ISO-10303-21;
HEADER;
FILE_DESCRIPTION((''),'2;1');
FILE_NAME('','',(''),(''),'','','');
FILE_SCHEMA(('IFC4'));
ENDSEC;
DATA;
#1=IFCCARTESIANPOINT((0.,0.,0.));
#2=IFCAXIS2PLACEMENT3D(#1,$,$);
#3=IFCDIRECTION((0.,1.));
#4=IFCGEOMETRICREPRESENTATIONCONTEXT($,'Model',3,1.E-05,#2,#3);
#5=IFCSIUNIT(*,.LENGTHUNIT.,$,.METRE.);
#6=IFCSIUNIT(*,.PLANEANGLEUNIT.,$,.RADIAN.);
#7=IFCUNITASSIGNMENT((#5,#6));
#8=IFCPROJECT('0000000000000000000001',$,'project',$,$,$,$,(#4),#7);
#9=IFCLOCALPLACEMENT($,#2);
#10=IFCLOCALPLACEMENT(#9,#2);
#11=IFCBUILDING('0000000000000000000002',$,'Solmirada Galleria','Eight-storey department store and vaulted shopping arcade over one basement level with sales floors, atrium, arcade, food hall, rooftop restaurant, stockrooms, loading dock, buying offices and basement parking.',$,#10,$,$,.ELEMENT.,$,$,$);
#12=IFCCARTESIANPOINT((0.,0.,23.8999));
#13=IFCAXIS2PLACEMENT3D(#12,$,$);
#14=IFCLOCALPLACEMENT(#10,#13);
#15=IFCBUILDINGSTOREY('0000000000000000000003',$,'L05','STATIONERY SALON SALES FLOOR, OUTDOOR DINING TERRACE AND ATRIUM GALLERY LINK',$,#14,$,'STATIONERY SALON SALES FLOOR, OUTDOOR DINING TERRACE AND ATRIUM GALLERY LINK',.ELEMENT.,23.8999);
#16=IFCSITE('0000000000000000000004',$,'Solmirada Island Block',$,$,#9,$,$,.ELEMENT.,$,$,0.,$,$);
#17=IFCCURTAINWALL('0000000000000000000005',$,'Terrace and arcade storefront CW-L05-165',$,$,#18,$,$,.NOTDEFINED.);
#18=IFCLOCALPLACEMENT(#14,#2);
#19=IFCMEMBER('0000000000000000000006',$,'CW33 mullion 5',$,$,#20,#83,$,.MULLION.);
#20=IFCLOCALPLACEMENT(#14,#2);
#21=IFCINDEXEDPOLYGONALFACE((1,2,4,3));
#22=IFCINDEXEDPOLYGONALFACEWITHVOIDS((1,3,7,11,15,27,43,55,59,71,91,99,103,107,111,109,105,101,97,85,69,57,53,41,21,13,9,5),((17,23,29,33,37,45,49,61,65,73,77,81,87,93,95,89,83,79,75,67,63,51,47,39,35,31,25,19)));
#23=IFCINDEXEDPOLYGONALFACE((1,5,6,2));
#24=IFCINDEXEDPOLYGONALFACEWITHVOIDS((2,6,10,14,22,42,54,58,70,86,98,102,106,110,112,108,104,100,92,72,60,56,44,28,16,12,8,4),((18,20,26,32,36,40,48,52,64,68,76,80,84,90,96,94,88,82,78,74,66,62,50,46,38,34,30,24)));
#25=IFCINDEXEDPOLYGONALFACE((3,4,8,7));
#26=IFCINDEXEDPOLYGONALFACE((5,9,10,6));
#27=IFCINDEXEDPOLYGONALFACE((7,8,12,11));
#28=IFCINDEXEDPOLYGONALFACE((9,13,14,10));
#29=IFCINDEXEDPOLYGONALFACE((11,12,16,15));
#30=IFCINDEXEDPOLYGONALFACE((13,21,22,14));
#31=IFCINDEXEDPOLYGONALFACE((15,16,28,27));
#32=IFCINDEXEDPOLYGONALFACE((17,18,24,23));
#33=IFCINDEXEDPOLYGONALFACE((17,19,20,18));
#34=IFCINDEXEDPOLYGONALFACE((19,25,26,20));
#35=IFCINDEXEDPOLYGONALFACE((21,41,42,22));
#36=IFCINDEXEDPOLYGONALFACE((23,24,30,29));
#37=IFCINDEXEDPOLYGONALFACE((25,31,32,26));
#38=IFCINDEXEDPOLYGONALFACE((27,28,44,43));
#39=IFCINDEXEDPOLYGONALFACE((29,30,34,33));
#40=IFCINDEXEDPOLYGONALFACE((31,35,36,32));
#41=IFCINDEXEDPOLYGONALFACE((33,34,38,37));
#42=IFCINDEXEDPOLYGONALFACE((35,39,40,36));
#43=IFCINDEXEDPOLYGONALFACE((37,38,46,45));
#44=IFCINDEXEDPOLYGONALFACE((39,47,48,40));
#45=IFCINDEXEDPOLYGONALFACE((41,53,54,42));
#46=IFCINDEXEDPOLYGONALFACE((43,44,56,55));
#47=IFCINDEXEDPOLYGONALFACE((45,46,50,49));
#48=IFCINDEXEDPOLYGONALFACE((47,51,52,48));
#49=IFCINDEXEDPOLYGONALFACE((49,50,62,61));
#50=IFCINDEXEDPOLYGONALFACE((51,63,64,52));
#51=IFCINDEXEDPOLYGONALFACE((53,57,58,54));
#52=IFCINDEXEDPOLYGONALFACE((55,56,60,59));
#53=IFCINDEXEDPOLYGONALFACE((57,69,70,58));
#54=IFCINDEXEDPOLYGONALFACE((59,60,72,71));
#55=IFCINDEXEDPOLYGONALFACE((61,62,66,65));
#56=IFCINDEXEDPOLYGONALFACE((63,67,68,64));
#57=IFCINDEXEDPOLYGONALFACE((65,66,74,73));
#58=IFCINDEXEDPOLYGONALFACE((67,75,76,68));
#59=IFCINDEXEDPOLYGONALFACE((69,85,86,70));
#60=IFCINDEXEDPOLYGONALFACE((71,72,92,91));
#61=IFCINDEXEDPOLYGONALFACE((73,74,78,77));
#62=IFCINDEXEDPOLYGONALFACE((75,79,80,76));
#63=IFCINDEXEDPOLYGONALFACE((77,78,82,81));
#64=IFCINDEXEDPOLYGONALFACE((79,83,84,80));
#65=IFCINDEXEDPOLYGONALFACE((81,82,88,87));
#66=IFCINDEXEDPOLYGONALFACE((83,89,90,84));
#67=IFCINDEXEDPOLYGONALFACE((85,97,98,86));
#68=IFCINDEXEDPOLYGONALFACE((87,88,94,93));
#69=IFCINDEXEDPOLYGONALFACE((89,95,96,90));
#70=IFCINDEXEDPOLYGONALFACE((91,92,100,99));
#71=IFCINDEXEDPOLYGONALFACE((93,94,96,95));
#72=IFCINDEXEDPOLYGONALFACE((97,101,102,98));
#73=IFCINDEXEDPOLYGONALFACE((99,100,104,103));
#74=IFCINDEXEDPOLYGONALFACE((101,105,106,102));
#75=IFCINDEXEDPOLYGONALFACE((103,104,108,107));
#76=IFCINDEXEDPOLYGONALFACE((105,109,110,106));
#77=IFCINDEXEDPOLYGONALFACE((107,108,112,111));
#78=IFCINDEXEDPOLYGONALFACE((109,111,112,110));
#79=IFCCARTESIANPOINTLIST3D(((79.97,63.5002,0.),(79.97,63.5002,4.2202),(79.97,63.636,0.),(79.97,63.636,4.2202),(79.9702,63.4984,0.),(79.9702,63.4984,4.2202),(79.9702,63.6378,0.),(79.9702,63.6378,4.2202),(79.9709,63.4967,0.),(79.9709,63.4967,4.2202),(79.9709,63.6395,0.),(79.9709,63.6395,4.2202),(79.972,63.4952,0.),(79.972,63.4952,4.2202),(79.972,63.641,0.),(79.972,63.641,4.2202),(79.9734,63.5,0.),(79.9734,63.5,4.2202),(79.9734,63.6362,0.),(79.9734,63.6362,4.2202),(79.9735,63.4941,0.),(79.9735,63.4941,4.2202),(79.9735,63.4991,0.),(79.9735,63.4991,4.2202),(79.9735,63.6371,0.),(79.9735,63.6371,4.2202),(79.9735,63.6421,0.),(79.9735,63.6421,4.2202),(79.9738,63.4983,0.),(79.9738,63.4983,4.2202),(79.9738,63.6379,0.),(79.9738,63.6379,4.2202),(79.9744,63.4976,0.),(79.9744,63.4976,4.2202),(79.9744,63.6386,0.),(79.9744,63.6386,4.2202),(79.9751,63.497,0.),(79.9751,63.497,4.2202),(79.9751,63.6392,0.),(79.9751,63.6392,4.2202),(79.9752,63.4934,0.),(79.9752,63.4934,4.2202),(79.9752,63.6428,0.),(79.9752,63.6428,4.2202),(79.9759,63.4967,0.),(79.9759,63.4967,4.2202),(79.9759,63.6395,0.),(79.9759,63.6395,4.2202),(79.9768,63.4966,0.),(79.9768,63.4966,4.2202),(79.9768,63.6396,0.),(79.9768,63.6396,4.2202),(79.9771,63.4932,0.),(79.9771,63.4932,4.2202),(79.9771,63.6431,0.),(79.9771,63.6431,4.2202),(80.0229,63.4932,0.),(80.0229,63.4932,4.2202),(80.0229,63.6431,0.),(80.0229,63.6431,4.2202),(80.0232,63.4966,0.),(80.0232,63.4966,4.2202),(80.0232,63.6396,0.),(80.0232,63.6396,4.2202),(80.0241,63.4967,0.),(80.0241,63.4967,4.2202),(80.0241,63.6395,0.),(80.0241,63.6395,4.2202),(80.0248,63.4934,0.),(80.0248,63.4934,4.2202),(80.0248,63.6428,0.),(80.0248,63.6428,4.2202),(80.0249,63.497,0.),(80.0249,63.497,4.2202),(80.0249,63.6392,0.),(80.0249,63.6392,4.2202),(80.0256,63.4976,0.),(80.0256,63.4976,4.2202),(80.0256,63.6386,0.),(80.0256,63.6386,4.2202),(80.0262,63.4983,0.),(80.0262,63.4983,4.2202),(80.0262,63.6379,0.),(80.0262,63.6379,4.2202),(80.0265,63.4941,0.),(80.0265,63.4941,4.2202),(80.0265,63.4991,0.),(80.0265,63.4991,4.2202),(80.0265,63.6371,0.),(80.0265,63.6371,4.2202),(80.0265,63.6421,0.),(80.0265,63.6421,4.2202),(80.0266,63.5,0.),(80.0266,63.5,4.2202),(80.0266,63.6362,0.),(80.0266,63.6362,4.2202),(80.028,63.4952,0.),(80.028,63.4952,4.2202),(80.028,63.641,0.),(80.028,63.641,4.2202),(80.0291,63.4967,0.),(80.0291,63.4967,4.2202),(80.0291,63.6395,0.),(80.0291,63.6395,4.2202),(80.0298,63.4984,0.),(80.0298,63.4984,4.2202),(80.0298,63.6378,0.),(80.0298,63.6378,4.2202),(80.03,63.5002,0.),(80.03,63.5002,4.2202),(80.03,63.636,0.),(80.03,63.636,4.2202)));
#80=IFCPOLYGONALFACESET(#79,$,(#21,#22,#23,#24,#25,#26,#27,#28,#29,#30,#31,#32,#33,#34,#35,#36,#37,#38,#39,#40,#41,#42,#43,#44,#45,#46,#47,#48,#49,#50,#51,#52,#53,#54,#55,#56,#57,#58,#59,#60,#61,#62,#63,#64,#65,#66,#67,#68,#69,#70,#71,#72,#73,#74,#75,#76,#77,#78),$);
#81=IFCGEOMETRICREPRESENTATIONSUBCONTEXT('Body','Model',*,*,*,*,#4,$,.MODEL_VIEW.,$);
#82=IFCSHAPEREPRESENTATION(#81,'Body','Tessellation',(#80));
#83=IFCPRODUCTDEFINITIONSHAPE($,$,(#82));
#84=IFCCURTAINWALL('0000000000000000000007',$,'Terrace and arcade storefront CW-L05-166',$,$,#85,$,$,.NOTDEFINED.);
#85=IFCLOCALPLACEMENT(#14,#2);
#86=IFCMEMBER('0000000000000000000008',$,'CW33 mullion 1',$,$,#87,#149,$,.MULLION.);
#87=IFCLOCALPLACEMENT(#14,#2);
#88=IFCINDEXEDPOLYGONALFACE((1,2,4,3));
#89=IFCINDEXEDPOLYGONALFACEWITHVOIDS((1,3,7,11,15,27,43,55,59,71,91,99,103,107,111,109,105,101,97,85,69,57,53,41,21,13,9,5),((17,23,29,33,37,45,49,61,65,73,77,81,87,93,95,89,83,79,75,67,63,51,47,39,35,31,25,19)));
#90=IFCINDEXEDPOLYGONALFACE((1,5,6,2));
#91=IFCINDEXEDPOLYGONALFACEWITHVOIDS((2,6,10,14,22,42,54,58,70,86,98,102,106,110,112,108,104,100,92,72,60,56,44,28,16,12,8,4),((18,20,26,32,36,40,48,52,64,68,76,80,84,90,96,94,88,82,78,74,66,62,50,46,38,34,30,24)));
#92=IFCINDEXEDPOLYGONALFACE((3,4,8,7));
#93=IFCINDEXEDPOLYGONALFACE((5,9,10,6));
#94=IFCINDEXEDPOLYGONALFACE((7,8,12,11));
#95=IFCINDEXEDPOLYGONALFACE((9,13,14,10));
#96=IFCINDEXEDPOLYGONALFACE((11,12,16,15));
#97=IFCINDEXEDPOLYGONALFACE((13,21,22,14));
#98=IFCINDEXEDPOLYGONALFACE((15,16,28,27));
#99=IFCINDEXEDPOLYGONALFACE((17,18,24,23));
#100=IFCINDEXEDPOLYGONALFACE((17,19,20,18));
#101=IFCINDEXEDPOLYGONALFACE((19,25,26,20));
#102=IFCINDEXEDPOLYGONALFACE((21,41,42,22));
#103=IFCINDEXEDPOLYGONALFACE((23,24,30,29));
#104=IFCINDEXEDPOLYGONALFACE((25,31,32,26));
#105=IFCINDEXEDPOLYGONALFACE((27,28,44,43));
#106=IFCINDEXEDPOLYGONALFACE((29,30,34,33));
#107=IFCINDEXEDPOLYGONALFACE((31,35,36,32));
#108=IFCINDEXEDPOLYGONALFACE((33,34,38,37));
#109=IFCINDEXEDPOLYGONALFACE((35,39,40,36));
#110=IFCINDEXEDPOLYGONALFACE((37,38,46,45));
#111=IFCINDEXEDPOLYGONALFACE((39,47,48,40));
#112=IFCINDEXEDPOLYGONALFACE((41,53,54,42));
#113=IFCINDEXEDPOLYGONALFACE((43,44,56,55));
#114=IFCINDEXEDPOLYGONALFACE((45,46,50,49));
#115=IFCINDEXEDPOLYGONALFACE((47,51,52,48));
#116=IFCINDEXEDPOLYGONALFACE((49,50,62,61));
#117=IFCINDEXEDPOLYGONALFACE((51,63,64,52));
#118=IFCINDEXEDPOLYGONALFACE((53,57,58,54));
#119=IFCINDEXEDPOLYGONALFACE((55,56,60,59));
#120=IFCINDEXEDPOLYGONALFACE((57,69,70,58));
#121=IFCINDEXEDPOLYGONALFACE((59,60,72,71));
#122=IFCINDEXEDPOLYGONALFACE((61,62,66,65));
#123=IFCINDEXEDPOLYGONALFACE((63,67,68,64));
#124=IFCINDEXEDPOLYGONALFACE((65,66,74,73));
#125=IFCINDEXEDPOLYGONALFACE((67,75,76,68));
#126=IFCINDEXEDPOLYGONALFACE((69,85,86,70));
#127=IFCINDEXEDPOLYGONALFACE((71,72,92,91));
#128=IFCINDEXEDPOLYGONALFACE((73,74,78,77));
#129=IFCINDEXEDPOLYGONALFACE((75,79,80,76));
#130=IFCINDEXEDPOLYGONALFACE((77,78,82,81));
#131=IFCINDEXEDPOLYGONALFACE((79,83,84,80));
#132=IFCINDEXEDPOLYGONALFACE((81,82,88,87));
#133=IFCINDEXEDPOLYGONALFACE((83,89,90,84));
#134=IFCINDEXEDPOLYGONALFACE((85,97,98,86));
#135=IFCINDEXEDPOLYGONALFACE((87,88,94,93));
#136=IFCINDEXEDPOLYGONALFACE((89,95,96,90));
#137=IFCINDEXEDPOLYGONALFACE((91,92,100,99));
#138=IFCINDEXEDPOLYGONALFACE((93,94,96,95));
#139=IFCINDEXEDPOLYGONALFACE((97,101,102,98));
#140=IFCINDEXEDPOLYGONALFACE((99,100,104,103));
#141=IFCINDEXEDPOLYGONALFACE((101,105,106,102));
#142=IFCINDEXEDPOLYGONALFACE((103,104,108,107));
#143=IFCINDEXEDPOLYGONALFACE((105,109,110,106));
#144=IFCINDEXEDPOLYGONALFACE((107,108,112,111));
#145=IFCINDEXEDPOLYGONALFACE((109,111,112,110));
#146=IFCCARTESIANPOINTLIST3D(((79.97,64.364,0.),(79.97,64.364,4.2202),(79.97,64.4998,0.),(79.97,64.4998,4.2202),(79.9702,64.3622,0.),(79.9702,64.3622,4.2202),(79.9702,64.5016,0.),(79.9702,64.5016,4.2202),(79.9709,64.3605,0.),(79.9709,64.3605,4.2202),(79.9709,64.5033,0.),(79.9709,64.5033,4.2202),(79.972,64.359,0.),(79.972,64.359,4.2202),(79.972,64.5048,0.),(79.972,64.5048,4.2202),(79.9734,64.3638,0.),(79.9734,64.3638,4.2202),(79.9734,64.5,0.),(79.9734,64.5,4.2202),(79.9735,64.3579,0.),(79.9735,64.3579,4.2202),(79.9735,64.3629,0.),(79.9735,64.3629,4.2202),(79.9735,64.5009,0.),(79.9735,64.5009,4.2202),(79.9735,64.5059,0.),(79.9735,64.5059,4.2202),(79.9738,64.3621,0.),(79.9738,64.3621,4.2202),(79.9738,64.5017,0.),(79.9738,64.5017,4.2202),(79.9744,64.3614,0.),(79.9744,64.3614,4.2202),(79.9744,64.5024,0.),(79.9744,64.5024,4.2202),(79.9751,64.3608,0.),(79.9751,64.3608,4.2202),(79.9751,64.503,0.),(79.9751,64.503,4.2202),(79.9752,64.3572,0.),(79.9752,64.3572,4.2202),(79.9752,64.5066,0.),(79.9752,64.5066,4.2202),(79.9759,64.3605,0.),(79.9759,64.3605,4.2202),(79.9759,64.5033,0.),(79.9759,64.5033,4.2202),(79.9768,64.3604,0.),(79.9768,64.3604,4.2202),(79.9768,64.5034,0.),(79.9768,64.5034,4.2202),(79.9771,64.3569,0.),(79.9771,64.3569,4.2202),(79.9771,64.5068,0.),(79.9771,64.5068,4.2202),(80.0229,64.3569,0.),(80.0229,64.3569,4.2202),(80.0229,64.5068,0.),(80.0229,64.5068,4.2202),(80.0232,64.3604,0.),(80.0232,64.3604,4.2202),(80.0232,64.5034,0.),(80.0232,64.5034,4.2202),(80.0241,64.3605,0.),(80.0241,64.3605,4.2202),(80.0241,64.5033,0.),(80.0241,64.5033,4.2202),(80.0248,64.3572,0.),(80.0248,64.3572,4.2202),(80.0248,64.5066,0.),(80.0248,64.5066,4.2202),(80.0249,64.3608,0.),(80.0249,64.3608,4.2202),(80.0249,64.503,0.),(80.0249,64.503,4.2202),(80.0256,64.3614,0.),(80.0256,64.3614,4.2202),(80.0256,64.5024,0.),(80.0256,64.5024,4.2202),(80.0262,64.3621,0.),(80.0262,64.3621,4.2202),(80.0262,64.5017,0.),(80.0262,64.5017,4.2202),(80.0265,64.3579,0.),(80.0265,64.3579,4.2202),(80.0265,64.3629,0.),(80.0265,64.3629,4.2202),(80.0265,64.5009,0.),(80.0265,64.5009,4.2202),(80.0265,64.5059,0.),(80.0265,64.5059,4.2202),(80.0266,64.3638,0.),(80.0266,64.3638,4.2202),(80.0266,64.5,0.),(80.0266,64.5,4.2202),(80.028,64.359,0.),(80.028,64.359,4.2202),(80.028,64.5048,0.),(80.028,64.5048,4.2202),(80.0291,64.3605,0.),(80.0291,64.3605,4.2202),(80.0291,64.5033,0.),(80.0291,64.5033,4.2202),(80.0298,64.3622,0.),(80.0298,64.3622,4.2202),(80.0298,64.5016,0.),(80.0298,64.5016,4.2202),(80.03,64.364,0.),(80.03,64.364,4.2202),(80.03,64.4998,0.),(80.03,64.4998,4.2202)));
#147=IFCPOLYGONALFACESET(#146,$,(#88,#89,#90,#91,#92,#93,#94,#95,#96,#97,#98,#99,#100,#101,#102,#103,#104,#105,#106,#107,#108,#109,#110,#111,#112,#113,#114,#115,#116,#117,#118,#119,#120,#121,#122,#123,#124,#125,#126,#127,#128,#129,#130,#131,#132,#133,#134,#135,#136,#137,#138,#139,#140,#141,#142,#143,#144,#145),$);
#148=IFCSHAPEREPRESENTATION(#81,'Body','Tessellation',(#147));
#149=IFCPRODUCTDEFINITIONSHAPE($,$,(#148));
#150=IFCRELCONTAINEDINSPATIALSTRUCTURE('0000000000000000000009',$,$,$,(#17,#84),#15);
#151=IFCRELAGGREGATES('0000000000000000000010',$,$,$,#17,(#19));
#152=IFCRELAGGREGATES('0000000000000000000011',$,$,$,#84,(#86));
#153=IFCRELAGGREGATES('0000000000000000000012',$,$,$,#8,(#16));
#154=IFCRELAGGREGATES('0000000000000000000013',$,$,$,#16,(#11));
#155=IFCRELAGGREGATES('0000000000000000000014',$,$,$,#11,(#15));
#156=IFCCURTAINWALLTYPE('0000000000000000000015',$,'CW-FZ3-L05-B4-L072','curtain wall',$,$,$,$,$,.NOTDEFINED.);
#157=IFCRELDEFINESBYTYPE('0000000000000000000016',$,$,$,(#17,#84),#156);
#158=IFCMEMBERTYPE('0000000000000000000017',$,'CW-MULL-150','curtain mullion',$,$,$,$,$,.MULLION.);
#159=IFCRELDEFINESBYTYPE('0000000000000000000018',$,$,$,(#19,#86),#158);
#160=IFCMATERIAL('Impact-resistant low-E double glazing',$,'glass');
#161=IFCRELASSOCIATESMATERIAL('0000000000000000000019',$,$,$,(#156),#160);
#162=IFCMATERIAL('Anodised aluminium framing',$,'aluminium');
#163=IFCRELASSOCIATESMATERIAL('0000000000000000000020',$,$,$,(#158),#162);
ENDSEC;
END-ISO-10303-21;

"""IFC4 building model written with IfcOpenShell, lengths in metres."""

from ifc_helpers import new_model, si_unit, direction, frame, origin, origin_2d, place, context, subcontext, project, spatial, hollow_rectangle, extrude, material, material_profile, profile_set, type_object, element, aggregate, save


model = new_model("IFC4")

# Units and contexts
model_context = context("Model", 3, precision=1e-05, world=origin(), true_north=direction((0.0, 1.0)))
body_context = subcontext(model_context, "Body", "Model", "MODEL_VIEW")
ifc_project = project(units=[si_unit("LENGTHUNIT", "METRE"), si_unit("PLANEANGLEUNIT", "RADIAN")], contexts=[model_context])

# Site, building, storey
site_placement = place(None, origin())
site = spatial("IfcSite", under=ifc_project, at=site_placement, Name="Solmirada Island Block", CompositionType="ELEMENT", RefElevation=0.0)
building_placement = place(site_placement, origin())
building = spatial("IfcBuilding", under=site, at=building_placement, Name="Solmirada Galleria", Description="Eight-storey department store and vaulted shopping arcade over one basement level with sales floors, atrium, arcade, food hall, rooftop restaurant, stockrooms, loading dock, buying offices and basement parking.", CompositionType="ELEMENT")
storey_placement = place(building_placement, frame((0.0, 0.0, 23.8999)))
storey = spatial("IfcBuildingStorey", under=building, at=storey_placement, Name="L05", Description="STATIONERY SALON SALES FLOOR, OUTDOOR DINING TERRACE AND ATRIUM GALLERY LINK", LongName="STATIONERY SALON SALES FLOOR, OUTDOOR DINING TERRACE AND ATRIUM GALLERY LINK", CompositionType="ELEMENT", Elevation=23.8999)

# Curtain wall, member
ifc_material_1 = material(Name="Impact-resistant low-E double glazing", Category="glass")
curtain_wall_type = type_object("IfcCurtainWallType", Name="CW-FZ3-L05-B4-L072", Description="curtain wall", PredefinedType="NOTDEFINED", material=ifc_material_1)
curtain_wall_1_placement = place(storey_placement, origin())
curtain_wall_1 = element("IfcCurtainWall", 1, at=curtain_wall_1_placement, inside=storey, type_object=curtain_wall_type, Name="Terrace and arcade storefront CW-L05-165", PredefinedType="NOTDEFINED")
ifc_material_2 = material(Name="Anodised aluminium framing", Category="aluminium")
ifc_material_profile_1 = material_profile(ifc_material_2, hollow_rectangle(XDim=0.0601, YDim=0.1499, WallThickness=0.0034, InnerFilletRadius=0.0034, OuterFilletRadius=0.0071, at=origin_2d()), Name="ALU-MULL-150X60")
ifc_profile_set_1 = profile_set([ifc_material_profile_1], Name="Anodised aluminium framing")
member_type_1 = type_object("IfcMemberType", Name="CW-MULL-150", Description="curtain mullion", PredefinedType="MULLION", material=ifc_profile_set_1)
member_1_placement = place(storey_placement, frame((80.0, 63.5681, 0.0), z_axis=(0.0, 0.0, 1.0), x_axis=(-1.0, 0.0, 0.0)))
member_1 = element("IfcMember", 2, at=member_1_placement, type_object=member_type_1, Name="CW33 mullion 5", PredefinedType="MULLION", context=body_context, shape_type="SweptSolid", body=[
    extrude(hollow_rectangle(XDim=0.0601, YDim=0.1499, WallThickness=0.0034, InnerFilletRadius=0.0034, OuterFilletRadius=0.0071, at=origin_2d()), origin(), (0.0, 0.0, 1.0), 4.2202),
])

# Curtain wall, member
curtain_wall_2_placement = place(storey_placement, origin())
curtain_wall_2 = element("IfcCurtainWall", 3, at=curtain_wall_2_placement, inside=storey, type_object=curtain_wall_type, Name="Terrace and arcade storefront CW-L05-166", PredefinedType="NOTDEFINED")
member_2_placement = place(storey_placement, frame((80.0, 64.4319, 0.0), z_axis=(0.0, 0.0, 1.0), x_axis=(-1.0, 0.0, 0.0)))
member_2 = element("IfcMember", 4, at=member_2_placement, type_object=member_type_1, Name="CW33 mullion 1", PredefinedType="MULLION", context=body_context, shape_type="SweptSolid", body=[
    extrude(hollow_rectangle(XDim=0.0601, YDim=0.1499, WallThickness=0.0034, InnerFilletRadius=0.0034, OuterFilletRadius=0.0071, at=origin_2d()), origin(), (0.0, 0.0, 1.0), 4.2202),
])

aggregate(curtain_wall_1, [member_1])
aggregate(curtain_wall_2, [member_2])

save(model, "model.ifc")
